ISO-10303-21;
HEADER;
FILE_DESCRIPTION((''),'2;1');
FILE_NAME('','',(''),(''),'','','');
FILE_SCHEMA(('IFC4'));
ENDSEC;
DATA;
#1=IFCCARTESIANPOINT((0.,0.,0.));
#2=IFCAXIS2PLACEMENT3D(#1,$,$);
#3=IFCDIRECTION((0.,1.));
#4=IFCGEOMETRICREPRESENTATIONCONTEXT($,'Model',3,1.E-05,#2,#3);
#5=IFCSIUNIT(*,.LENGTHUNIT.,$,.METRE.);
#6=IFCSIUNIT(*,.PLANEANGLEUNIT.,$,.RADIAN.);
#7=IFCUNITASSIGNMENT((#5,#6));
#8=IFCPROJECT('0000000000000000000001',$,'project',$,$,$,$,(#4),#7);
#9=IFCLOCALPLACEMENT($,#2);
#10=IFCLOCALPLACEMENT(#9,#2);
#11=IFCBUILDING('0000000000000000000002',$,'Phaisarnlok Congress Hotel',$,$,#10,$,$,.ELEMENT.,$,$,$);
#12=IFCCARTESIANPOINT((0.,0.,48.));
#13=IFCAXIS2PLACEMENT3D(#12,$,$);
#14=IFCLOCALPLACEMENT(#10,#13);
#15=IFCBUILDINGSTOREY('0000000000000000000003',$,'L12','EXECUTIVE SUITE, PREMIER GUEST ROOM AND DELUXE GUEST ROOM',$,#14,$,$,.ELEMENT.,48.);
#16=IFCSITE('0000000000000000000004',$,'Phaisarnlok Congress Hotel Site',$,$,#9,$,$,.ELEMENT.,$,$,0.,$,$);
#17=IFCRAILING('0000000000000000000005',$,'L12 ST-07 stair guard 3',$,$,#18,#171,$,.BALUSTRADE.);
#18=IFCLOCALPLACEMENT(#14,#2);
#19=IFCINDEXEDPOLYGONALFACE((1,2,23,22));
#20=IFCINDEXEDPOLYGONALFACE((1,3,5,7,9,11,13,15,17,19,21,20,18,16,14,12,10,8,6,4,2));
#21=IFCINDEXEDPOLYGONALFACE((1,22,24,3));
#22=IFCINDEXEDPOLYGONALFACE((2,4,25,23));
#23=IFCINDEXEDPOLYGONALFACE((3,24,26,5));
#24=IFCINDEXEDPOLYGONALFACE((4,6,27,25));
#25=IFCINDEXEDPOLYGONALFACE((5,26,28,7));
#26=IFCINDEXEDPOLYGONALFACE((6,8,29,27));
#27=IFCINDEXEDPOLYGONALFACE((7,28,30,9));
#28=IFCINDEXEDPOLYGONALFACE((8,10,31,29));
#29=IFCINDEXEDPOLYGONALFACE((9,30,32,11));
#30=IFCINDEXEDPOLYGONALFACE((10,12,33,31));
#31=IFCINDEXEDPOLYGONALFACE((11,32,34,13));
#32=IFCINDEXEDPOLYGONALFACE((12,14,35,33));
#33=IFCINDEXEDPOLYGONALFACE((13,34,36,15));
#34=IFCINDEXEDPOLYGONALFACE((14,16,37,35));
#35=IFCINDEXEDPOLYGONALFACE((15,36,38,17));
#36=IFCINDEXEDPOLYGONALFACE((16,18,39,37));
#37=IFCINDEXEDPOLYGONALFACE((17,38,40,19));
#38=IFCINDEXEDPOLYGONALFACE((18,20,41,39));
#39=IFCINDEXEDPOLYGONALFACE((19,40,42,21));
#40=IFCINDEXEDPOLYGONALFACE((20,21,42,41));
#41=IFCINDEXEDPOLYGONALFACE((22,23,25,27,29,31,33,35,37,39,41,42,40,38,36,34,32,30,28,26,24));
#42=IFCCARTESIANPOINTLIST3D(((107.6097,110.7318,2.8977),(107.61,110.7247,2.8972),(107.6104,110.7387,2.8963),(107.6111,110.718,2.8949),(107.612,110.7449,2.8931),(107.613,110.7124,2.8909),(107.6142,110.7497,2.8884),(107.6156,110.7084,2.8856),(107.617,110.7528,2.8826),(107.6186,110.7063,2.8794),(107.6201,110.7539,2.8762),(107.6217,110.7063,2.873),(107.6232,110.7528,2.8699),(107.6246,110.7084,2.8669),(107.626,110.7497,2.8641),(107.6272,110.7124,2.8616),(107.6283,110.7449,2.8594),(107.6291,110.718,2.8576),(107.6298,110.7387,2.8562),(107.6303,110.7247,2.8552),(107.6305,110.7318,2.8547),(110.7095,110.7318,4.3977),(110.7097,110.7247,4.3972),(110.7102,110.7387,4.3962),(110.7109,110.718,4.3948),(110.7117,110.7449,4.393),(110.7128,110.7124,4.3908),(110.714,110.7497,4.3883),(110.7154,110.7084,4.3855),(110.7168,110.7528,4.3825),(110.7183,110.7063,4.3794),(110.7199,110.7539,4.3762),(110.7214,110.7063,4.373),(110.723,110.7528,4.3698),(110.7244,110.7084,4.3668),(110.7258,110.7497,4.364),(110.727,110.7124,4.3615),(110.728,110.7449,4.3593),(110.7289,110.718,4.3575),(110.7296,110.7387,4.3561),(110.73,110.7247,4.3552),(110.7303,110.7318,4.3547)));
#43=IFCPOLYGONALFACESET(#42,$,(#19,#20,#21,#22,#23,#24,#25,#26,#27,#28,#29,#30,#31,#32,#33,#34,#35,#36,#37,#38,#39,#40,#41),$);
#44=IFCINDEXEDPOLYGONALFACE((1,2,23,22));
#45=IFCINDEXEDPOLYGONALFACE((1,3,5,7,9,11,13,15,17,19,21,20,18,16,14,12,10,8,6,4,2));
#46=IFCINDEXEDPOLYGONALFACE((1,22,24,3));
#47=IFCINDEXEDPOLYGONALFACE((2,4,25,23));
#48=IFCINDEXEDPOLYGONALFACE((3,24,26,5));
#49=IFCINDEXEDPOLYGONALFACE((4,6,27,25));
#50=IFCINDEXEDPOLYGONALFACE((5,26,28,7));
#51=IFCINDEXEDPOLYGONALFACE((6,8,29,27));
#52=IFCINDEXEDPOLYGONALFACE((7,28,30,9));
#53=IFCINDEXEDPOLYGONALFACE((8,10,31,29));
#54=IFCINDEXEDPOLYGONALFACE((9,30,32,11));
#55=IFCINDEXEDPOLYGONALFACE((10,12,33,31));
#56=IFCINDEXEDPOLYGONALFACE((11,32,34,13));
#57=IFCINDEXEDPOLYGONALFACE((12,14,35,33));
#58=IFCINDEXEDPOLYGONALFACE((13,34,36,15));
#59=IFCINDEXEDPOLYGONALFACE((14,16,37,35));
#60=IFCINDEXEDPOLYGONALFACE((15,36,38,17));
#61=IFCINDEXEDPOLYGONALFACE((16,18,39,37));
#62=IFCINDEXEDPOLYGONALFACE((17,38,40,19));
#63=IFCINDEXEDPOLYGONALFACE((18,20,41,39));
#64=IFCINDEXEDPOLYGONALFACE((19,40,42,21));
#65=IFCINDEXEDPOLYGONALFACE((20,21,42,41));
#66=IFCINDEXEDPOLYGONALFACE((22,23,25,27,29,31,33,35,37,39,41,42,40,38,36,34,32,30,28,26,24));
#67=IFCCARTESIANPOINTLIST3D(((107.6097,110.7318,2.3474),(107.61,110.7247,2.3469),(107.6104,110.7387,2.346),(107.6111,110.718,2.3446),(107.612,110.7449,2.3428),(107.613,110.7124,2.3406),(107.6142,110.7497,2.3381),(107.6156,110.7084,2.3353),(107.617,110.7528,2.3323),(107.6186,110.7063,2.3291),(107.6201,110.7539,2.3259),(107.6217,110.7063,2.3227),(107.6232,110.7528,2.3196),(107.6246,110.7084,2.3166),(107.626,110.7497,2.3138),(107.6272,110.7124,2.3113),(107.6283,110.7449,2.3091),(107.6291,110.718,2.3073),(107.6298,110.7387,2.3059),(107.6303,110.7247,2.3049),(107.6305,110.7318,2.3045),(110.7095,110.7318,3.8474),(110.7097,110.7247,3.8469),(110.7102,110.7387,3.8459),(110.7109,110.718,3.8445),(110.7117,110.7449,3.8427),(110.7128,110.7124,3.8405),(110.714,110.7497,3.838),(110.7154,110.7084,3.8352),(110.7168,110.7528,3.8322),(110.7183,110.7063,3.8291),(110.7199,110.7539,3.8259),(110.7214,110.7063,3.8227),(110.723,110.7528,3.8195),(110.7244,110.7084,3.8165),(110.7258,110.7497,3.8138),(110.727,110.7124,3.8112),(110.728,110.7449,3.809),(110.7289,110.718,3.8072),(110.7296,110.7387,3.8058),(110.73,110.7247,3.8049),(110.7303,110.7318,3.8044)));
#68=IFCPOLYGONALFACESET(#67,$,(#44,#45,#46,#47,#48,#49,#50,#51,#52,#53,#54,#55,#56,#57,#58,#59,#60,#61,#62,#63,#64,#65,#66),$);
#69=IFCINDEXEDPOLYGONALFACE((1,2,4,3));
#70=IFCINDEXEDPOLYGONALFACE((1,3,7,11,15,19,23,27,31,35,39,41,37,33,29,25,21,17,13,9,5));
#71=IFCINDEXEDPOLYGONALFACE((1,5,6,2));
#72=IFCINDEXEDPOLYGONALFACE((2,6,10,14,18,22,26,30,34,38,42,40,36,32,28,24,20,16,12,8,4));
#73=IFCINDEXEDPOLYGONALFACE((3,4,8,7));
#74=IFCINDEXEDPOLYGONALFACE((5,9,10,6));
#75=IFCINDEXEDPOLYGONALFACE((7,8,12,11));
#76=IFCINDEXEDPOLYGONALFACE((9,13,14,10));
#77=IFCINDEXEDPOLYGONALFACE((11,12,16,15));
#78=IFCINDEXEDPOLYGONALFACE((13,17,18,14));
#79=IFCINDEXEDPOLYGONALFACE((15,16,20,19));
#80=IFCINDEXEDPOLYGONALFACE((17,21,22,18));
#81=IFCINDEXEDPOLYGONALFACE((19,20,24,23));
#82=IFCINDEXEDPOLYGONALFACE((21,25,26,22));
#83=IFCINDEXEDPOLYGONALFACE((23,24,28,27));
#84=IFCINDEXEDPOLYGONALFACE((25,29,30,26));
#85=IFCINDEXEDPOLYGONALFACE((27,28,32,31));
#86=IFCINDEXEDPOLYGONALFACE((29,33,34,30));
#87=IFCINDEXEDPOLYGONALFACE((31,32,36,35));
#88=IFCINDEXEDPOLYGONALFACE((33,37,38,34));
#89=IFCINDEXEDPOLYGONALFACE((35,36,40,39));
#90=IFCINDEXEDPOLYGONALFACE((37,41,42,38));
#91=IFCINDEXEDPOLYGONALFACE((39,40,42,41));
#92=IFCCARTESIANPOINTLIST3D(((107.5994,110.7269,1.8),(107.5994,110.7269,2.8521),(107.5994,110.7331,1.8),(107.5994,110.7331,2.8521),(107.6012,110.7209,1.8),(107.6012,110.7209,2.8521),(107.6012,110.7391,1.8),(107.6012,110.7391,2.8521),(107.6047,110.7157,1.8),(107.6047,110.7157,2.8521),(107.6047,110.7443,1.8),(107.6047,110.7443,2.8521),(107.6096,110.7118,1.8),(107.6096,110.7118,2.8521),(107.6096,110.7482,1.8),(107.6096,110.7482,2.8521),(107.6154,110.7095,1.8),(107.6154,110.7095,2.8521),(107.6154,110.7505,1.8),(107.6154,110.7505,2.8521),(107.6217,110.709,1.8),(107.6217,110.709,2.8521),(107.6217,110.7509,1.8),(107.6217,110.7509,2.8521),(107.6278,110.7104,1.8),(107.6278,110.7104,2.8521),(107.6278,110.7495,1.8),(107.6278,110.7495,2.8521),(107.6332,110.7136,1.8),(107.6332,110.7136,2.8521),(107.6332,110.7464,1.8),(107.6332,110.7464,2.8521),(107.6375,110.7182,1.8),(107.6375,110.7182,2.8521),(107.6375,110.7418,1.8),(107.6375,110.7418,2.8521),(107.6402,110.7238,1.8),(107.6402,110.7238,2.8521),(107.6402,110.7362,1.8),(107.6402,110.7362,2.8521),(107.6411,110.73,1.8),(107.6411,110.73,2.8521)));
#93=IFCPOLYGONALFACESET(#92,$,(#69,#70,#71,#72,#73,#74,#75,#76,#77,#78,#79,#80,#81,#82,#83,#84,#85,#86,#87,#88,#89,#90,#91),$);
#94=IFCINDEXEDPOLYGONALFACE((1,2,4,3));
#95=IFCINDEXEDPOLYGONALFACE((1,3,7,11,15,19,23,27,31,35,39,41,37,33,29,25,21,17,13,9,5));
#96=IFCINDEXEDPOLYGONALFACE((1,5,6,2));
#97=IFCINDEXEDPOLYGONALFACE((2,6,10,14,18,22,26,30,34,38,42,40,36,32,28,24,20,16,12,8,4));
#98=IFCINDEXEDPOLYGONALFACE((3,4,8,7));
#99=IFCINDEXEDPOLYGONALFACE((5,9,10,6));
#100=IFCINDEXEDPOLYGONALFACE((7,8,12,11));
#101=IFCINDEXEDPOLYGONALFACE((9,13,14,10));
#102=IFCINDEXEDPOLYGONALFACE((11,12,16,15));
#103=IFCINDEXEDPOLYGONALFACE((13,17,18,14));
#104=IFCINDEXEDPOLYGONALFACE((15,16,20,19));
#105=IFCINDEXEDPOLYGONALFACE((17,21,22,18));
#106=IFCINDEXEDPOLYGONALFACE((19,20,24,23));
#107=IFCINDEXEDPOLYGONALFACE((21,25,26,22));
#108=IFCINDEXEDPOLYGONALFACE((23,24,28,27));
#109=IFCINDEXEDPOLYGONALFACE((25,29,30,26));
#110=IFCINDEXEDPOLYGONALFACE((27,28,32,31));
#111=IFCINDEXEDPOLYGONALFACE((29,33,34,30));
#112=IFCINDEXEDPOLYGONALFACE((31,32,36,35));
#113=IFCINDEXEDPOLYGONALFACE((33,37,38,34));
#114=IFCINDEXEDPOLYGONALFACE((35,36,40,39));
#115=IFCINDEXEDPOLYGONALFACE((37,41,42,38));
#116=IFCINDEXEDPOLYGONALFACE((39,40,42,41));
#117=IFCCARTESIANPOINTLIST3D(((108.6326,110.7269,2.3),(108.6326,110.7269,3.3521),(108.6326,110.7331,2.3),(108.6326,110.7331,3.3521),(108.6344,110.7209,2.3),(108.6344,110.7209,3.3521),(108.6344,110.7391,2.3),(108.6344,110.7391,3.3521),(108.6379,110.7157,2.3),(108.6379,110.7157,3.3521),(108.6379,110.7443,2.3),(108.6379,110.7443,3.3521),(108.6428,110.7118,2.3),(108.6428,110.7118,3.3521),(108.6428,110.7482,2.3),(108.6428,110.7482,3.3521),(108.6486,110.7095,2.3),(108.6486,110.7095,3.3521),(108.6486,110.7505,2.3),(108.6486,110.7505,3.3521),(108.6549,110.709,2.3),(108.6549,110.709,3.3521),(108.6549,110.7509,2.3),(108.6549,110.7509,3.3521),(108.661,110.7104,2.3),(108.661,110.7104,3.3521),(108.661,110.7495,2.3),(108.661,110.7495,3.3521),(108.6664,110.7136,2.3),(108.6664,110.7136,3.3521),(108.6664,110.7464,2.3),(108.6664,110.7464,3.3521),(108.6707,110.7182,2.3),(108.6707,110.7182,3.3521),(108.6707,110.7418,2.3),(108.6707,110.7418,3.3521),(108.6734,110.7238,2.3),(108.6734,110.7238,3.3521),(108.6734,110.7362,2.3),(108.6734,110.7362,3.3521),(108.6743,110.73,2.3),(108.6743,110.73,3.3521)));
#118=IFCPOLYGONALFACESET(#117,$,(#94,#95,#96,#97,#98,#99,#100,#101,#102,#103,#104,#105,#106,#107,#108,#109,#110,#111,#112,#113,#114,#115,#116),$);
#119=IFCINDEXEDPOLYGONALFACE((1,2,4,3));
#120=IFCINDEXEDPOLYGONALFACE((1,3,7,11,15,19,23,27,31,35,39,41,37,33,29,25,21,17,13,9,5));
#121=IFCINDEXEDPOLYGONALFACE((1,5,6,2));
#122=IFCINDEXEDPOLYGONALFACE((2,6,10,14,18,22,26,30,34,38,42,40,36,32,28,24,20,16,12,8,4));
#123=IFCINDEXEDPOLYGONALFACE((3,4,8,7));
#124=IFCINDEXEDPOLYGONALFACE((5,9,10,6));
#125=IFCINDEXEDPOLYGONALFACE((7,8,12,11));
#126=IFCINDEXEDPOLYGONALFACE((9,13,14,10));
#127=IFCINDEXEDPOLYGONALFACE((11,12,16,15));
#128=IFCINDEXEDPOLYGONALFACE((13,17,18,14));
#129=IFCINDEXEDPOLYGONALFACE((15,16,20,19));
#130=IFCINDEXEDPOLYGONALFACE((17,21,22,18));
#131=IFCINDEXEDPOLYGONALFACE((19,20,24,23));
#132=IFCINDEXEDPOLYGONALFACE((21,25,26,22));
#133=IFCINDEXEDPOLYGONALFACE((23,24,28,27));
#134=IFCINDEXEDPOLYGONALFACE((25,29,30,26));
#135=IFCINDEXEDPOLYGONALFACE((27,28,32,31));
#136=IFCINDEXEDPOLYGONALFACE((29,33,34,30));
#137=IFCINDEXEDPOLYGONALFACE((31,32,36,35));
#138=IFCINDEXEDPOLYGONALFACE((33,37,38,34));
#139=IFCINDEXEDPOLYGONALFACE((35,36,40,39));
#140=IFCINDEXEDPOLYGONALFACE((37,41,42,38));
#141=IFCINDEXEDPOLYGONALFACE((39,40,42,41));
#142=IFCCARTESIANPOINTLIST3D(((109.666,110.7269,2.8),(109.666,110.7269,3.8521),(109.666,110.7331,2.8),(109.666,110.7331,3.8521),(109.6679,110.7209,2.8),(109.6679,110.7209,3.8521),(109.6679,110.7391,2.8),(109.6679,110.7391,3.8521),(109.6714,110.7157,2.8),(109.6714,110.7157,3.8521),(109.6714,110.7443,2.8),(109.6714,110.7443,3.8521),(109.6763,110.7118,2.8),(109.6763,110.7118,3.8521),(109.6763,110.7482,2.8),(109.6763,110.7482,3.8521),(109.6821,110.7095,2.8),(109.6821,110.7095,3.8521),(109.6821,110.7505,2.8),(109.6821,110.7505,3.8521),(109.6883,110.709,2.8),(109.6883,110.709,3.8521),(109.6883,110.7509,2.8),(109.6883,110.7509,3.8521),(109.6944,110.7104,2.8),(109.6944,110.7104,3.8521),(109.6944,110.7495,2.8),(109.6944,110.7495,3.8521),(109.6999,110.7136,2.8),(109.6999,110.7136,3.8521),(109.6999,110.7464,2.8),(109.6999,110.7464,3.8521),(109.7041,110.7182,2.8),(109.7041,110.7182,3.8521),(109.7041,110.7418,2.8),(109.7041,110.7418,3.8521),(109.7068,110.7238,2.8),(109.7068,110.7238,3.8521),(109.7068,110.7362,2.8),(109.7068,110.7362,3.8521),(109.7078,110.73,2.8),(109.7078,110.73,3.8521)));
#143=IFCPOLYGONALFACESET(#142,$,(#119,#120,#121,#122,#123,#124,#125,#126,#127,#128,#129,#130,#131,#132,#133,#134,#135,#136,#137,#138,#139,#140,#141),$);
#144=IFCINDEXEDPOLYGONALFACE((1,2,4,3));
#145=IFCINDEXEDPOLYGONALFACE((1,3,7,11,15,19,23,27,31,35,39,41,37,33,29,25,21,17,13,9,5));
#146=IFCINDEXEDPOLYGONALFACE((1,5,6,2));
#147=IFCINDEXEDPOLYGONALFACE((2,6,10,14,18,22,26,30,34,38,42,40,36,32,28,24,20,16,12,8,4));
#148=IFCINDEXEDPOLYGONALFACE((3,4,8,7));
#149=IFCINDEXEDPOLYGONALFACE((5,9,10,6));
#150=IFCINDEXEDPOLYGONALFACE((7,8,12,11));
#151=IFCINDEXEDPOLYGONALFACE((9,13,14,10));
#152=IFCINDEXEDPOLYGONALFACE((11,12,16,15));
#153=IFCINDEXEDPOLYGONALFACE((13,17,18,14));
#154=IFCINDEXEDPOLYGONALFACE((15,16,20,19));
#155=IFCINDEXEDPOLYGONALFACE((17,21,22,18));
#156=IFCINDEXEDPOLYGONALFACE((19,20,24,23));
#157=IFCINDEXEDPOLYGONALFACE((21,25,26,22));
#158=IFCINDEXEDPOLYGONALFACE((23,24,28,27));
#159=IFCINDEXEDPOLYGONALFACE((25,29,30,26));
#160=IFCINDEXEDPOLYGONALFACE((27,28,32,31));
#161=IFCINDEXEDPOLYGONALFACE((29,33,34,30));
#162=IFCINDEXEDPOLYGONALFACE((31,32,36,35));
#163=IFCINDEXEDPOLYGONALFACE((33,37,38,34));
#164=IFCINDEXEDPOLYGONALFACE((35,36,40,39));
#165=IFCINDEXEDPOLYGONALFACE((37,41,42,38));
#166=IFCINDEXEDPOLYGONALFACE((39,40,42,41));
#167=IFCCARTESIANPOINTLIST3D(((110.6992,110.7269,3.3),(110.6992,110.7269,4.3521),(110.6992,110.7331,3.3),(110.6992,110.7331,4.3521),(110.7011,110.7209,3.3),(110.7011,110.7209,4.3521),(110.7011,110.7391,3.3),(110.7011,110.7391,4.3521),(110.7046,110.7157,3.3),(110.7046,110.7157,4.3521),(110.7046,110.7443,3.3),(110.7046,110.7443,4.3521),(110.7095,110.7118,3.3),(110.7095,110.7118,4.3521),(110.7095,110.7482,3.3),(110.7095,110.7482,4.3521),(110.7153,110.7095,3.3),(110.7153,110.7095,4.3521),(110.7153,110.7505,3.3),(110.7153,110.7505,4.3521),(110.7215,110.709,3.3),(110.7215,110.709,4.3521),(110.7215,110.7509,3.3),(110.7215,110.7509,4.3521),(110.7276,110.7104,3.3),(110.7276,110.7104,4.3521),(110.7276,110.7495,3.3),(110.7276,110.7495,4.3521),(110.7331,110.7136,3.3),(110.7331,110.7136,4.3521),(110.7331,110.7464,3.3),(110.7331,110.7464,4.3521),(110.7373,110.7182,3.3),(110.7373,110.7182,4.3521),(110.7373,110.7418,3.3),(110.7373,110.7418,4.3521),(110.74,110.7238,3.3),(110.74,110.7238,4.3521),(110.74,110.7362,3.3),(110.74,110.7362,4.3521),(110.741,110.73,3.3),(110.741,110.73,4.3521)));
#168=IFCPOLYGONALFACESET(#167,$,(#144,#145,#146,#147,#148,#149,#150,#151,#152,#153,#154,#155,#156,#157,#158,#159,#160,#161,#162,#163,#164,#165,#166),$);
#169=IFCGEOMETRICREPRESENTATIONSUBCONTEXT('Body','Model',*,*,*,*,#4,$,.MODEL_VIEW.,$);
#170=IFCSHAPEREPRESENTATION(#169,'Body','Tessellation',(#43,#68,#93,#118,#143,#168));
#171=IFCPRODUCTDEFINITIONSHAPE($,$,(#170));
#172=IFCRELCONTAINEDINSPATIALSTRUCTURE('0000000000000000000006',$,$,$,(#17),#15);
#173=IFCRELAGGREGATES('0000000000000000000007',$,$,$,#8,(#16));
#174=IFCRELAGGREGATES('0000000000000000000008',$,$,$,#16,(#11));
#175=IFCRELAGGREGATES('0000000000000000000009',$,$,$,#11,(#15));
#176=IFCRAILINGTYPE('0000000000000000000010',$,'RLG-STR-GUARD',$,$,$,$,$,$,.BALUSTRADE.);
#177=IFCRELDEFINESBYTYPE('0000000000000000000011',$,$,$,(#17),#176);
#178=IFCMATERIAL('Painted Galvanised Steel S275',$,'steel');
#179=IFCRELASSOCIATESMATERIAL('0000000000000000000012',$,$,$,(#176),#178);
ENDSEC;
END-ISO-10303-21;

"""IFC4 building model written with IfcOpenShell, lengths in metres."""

from ifc_helpers import new_model, si_unit, direction, frame, origin, origin_2d, place, context, subcontext, project, spatial, circle, extrude, material, type_object, element, save


model = new_model("IFC4")

# Units and contexts
model_context = context("Model", 3, precision=1e-05, world=origin(), true_north=direction((0.0, 1.0)))
body_context = subcontext(model_context, "Body", "Model", "MODEL_VIEW")
ifc_project = project(units=[si_unit("LENGTHUNIT", "METRE"), si_unit("PLANEANGLEUNIT", "RADIAN")], contexts=[model_context])

# Site, building, storey
site_placement = place(None, origin())
site = spatial("IfcSite", under=ifc_project, at=site_placement, Name="Phaisarnlok Congress Hotel Site", CompositionType="ELEMENT", RefElevation=0.0)
building_placement = place(site_placement, origin())
building = spatial("IfcBuilding", under=site, at=building_placement, Name="Phaisarnlok Congress Hotel", CompositionType="ELEMENT")
storey_placement = place(building_placement, frame((0.0, 0.0, 48.0)))
storey = spatial("IfcBuildingStorey", under=building, at=storey_placement, Name="L12", Description="EXECUTIVE SUITE, PREMIER GUEST ROOM AND DELUXE GUEST ROOM", CompositionType="ELEMENT", Elevation=48.0)

# Railing
ifc_material_1 = material(Name="Painted Galvanised Steel S275", Category="steel")
railing_type_1 = type_object("IfcRailingType", Name="RLG-STR-GUARD", PredefinedType="BALUSTRADE", material=ifc_material_1)
railing_1_placement = place(storey_placement, frame((107.6201, 110.73, 1.8)))
element("IfcRailing", 1, at=railing_1_placement, inside=storey, type_object=railing_type_1, Name="L12 ST-07 stair guard 3", PredefinedType="BALUSTRADE", context=body_context, shape_type="SweptSolid", body=[
    extrude(circle(Radius=0.0239, at=origin_2d()), frame((0.0, 0.0, 1.0762), z_axis=(0.900151, 0.0, 0.435578), x_axis=(0.0, 1.0, 0.0)), (0.0, 0.0, 1.0), 3.4436),
    extrude(circle(Radius=0.0239, at=origin_2d()), frame((0.0, 0.0, 0.5259), z_axis=(0.900151, 0.0, 0.435578), x_axis=(0.0, 1.0, 0.0)), (0.0, 0.0, 1.0), 3.4436),
    extrude(circle(Radius=0.021, at=origin_2d()), origin(), (0.0, 0.0, 1.0), 1.052),
    extrude(circle(Radius=0.021, at=origin_2d()), frame((1.0332, 0.0, 0.5)), (0.0, 0.0, 1.0), 1.052),
    extrude(circle(Radius=0.021, at=origin_2d()), frame((2.0667, 0.0, 1.0)), (0.0, 0.0, 1.0), 1.052),
    extrude(circle(Radius=0.021, at=origin_2d()), frame((3.0999, 0.0, 1.5)), (0.0, 0.0, 1.0), 1.052),
])

save(model, "model.ifc")
